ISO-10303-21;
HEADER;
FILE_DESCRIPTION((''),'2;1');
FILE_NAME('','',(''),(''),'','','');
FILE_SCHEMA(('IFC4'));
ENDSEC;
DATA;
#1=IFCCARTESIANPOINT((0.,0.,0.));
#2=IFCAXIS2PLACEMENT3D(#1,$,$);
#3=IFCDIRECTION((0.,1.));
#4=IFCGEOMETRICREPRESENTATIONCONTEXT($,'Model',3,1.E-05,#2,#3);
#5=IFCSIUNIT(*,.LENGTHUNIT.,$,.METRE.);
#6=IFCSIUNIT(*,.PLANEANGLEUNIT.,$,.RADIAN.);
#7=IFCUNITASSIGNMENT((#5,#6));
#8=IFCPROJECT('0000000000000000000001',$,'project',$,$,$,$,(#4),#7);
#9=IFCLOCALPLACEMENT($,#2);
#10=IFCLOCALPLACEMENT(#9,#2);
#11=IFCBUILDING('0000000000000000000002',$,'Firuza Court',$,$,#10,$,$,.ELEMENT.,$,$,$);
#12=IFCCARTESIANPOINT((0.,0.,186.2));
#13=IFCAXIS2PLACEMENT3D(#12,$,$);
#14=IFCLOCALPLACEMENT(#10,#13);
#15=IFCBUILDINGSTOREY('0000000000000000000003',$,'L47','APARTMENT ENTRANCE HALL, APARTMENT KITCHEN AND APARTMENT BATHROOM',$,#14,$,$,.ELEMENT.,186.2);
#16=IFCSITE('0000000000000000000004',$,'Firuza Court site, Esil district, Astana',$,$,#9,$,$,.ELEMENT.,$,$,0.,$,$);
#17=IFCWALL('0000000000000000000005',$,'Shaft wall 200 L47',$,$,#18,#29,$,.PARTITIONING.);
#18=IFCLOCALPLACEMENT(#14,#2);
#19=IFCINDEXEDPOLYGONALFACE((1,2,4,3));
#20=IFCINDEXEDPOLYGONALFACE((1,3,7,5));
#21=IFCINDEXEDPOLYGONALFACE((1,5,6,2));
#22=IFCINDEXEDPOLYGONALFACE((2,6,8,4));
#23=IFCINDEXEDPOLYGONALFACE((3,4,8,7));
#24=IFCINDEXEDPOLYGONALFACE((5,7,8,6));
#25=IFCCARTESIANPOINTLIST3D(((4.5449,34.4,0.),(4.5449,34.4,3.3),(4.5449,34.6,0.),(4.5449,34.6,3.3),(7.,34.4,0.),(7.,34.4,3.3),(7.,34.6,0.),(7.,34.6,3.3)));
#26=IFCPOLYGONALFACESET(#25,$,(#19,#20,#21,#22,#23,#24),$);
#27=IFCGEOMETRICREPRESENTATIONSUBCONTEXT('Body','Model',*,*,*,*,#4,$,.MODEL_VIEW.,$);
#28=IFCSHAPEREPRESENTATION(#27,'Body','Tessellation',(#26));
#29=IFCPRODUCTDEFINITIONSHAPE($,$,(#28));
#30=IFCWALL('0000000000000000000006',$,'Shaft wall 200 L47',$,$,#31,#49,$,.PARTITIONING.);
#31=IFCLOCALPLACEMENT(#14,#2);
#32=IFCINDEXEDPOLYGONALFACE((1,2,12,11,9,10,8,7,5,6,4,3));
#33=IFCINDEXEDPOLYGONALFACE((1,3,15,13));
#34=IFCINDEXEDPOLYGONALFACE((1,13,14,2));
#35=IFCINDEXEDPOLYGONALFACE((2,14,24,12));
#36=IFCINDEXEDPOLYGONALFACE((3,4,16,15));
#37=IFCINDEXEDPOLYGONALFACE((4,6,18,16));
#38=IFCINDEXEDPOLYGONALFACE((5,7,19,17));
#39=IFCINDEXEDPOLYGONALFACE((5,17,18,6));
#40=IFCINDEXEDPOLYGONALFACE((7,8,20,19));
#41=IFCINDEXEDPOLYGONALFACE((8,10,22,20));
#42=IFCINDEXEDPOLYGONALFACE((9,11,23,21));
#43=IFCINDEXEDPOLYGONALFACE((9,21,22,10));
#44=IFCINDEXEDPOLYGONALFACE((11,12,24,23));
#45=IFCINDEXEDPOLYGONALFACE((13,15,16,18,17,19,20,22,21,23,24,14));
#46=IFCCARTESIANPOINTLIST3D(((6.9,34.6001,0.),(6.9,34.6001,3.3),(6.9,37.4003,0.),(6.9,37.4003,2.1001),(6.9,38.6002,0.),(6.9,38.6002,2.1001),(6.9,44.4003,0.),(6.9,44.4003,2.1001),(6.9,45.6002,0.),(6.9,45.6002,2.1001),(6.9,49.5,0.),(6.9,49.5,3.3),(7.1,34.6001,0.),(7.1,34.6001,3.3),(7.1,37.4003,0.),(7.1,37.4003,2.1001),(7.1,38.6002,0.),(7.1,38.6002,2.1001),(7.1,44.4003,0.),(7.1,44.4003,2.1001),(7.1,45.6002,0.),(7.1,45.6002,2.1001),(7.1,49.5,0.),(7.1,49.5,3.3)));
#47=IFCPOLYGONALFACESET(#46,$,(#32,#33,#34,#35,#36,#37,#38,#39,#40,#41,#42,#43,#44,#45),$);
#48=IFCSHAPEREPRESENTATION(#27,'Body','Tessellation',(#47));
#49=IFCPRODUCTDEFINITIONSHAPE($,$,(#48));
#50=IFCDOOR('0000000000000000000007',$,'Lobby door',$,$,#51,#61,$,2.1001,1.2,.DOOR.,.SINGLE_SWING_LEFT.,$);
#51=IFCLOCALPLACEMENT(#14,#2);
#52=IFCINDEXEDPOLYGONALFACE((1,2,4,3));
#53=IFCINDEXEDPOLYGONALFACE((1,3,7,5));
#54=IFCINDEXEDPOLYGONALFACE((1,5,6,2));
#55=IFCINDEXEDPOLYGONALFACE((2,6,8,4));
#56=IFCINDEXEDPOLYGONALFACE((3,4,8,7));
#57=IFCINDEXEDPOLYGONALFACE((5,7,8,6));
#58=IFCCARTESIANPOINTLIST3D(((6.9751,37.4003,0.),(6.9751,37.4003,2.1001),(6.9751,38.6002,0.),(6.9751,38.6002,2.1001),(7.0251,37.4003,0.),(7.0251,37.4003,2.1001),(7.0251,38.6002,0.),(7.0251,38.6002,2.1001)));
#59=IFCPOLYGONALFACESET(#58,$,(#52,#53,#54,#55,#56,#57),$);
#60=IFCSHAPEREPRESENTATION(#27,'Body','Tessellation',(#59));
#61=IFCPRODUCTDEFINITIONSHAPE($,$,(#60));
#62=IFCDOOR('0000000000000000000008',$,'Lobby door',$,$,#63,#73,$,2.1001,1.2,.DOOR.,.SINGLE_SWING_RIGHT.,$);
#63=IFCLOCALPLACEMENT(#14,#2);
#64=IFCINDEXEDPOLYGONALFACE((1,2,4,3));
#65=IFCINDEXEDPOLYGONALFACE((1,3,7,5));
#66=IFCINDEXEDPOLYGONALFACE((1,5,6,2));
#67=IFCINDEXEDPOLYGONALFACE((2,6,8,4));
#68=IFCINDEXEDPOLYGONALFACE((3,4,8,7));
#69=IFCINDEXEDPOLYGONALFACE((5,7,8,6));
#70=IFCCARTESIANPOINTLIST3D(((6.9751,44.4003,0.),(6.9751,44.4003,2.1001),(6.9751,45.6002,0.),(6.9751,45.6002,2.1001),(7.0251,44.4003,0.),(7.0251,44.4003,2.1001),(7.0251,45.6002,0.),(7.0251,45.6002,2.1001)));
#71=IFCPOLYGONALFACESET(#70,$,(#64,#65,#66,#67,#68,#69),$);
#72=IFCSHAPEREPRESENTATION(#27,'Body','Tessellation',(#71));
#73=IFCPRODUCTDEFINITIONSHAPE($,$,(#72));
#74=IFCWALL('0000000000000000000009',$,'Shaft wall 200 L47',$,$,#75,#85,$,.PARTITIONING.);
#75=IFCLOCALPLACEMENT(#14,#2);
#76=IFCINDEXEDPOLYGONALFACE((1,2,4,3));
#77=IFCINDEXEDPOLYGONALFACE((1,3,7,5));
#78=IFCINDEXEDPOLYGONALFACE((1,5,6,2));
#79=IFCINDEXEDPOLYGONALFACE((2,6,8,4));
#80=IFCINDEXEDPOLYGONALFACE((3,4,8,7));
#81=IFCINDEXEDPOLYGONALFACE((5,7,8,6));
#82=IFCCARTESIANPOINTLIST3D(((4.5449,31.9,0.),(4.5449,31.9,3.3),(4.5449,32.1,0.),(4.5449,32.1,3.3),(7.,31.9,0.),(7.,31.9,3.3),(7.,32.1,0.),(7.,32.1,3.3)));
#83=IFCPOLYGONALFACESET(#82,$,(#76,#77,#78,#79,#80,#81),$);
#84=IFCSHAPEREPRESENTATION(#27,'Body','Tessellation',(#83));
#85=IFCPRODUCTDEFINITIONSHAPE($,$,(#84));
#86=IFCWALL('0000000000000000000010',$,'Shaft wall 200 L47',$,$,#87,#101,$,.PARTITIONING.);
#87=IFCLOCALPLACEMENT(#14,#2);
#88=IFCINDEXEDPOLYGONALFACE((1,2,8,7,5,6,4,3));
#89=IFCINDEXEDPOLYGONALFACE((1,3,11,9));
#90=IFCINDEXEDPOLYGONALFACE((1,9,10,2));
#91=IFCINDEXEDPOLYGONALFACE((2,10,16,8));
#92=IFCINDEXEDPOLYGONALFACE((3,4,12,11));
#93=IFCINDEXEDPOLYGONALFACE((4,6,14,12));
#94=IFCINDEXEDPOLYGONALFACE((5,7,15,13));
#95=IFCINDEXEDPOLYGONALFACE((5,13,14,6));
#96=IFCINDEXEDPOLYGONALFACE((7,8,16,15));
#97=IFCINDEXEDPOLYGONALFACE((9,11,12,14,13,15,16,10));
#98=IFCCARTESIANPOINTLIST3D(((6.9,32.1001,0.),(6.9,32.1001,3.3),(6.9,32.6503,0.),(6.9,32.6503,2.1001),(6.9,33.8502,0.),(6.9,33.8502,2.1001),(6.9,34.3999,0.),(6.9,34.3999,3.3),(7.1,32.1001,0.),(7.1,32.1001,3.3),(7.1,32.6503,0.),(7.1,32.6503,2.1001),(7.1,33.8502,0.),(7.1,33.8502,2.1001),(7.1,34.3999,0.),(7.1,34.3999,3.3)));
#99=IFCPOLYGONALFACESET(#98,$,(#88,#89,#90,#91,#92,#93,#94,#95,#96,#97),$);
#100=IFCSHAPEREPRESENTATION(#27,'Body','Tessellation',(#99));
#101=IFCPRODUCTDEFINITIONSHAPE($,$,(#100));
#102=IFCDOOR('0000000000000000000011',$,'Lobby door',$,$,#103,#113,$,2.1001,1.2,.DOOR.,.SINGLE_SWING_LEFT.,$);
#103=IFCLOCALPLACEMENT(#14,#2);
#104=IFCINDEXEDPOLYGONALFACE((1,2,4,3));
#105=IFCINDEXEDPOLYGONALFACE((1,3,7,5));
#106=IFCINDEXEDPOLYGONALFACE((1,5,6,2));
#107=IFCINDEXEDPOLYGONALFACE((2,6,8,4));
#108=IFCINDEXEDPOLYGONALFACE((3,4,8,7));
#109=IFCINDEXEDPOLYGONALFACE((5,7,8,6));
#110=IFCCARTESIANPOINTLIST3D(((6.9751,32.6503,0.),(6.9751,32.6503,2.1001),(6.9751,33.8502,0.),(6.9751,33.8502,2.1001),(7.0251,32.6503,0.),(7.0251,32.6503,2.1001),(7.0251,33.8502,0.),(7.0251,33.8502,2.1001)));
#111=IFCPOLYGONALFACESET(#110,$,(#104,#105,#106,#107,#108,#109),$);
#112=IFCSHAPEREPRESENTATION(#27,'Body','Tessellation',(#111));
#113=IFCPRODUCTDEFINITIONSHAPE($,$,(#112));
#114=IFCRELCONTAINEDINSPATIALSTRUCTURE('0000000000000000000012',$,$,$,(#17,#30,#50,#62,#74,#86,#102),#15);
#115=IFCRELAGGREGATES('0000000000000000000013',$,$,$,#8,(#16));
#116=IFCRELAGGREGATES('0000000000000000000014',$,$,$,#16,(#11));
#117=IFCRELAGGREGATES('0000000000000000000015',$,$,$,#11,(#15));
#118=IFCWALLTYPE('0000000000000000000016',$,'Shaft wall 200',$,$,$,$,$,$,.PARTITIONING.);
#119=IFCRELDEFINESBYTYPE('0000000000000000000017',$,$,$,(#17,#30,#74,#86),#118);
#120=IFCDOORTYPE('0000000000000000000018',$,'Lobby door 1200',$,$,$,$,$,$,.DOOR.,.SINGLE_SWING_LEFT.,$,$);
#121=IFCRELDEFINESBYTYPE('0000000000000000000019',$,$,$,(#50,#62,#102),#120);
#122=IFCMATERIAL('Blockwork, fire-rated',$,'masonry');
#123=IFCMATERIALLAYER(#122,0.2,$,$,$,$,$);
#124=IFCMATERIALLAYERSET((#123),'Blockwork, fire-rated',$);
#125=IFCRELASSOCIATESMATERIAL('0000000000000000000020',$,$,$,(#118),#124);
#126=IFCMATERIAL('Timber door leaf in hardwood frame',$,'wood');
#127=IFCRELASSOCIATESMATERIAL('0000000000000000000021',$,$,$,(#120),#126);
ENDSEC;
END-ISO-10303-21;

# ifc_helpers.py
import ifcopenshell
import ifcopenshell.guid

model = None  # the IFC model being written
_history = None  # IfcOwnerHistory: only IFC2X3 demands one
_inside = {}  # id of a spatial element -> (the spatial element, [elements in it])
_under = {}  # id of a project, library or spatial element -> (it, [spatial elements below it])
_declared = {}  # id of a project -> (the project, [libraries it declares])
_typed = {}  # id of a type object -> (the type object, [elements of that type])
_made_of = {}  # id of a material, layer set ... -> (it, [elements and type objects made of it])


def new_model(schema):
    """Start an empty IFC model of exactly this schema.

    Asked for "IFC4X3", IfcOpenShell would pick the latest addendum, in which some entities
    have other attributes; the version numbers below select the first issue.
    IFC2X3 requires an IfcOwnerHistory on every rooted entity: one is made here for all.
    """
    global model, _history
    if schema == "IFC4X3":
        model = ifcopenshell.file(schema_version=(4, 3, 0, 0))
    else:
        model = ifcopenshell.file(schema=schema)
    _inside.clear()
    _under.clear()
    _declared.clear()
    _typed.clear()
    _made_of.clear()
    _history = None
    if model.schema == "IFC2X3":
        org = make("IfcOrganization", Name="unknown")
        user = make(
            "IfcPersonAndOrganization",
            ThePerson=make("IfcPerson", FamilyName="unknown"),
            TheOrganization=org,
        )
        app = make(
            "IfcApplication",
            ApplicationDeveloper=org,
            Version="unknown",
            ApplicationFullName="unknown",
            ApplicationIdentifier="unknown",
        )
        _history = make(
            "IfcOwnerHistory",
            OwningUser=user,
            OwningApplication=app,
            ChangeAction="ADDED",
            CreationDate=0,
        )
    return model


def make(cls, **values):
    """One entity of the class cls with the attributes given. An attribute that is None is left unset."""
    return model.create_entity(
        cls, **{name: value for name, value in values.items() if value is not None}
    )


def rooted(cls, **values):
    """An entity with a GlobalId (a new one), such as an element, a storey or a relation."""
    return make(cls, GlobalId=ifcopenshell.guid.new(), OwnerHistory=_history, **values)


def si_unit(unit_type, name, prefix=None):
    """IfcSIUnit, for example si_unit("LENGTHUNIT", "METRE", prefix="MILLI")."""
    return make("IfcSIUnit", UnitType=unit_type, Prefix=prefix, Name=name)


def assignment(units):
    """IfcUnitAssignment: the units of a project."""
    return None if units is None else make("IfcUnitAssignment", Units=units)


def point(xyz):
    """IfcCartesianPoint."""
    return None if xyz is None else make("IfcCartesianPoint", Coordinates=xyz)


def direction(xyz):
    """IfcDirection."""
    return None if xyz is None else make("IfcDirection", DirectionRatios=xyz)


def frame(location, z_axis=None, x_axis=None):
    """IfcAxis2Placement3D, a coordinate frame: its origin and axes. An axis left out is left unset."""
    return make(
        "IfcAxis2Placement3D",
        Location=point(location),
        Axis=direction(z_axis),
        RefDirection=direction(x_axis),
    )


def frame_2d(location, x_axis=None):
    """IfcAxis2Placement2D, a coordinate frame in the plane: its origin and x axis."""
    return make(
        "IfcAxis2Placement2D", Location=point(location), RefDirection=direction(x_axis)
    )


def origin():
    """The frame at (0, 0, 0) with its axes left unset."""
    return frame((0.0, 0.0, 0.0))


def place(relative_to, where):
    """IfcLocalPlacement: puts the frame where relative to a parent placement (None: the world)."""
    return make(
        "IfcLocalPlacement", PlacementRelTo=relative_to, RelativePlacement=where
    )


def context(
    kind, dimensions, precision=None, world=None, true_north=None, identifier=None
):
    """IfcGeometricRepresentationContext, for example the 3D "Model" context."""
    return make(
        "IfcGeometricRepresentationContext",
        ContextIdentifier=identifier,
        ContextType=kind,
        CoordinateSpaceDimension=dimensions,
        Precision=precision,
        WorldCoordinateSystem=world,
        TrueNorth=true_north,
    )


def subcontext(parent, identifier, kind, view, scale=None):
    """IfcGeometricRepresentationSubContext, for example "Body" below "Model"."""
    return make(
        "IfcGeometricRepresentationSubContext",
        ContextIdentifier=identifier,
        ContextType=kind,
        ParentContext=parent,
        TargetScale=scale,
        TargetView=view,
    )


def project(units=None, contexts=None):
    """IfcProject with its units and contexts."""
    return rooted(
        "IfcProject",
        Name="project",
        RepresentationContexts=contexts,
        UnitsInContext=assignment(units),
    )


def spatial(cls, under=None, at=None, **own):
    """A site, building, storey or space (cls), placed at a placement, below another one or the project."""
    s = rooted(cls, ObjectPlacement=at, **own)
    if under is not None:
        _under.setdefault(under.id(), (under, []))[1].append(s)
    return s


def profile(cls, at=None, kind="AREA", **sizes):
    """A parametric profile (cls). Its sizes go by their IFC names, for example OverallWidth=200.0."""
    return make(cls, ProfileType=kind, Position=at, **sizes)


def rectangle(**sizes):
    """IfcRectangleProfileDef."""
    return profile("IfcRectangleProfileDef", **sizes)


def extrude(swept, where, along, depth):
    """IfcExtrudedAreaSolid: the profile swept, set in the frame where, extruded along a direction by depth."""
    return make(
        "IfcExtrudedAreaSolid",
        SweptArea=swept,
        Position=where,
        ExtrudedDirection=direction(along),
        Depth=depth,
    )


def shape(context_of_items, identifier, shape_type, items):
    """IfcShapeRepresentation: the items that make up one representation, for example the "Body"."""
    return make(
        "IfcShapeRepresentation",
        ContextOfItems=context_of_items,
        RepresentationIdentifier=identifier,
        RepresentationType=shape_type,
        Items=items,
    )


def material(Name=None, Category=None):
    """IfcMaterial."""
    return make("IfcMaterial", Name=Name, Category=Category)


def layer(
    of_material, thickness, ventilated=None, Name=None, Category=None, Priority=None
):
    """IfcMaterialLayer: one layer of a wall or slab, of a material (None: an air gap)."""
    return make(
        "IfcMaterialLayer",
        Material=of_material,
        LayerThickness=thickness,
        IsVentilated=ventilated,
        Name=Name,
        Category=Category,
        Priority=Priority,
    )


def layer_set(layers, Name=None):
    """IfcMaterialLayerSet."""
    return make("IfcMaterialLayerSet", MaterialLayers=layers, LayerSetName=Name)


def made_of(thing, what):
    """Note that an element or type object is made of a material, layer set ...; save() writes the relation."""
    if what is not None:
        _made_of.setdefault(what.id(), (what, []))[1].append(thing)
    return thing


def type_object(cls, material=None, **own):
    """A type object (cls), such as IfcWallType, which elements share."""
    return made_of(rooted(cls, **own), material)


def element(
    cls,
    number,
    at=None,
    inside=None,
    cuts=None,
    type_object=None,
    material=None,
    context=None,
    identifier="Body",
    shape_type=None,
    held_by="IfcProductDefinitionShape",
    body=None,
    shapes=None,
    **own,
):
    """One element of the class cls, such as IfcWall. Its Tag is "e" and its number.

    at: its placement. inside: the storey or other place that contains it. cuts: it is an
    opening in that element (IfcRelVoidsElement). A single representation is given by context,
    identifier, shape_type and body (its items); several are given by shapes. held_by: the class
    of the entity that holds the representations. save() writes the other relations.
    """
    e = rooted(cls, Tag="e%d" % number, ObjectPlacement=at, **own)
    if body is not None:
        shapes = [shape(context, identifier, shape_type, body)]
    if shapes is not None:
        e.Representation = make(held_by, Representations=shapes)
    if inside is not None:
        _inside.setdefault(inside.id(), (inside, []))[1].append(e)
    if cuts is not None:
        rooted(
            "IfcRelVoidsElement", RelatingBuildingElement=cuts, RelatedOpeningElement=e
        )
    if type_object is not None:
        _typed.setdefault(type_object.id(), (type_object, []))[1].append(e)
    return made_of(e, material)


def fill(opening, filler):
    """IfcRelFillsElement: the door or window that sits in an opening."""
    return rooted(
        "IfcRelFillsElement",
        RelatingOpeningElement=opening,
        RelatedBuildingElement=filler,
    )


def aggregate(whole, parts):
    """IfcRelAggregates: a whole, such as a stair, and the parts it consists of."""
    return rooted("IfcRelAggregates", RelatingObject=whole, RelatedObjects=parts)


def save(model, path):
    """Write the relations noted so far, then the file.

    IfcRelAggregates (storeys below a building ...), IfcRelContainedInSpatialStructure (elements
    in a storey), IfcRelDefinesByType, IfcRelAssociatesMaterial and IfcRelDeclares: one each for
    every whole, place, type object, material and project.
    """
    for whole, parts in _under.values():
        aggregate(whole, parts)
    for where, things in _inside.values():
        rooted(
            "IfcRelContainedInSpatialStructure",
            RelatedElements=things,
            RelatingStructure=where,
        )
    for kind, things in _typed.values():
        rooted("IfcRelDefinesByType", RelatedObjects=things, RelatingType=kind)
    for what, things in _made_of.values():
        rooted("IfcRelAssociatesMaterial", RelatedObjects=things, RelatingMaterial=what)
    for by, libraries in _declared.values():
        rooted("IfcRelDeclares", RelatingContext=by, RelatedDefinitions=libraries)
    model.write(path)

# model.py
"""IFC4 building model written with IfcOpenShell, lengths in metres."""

from ifc_helpers import new_model, si_unit, direction, frame, frame_2d, origin, place, context, subcontext, project, spatial, rectangle, extrude, material, layer, layer_set, type_object, element, fill, save


model = new_model("IFC4")

# Units and contexts
model_context = context("Model", 3, precision=1e-05, world=origin(), true_north=direction((0.0, 1.0)))
body_context = subcontext(model_context, "Body", "Model", "MODEL_VIEW")
ifc_project = project(units=[si_unit("LENGTHUNIT", "METRE"), si_unit("PLANEANGLEUNIT", "RADIAN")], contexts=[model_context])

# Site, building, storey
site_placement = place(None, origin())
site = spatial("IfcSite", under=ifc_project, at=site_placement, Name="Firuza Court site, Esil district, Astana", CompositionType="ELEMENT", RefElevation=0.0)
building_placement = place(site_placement, origin())
building = spatial("IfcBuilding", under=site, at=building_placement, Name="Firuza Court", CompositionType="ELEMENT")
storey_placement = place(building_placement, frame((0.0, 0.0, 186.2)))
storey = spatial("IfcBuildingStorey", under=building, at=storey_placement, Name="L47", Description="APARTMENT ENTRANCE HALL, APARTMENT KITCHEN AND APARTMENT BATHROOM", CompositionType="ELEMENT", Elevation=186.2)

# Wall
ifc_material_1 = material(Name="Blockwork, fire-rated", Category="masonry")
ifc_layer_1 = layer(ifc_material_1, 0.2)
ifc_layer_set_1 = layer_set([ifc_layer_1], Name="Blockwork, fire-rated")
wall_type_1 = type_object("IfcWallType", Name="Shaft wall 200", PredefinedType="PARTITIONING", material=ifc_layer_set_1)
wall_1_placement = place(storey_placement, frame((4.5449, 34.5, 0.0), z_axis=(0.0, 0.0, 1.0), x_axis=(1.0, 0.0, 0.0)))
element("IfcWall", 1, at=wall_1_placement, inside=storey, type_object=wall_type_1, Name="Shaft wall 200 L47", PredefinedType="PARTITIONING", context=body_context, shape_type="SweptSolid", body=[
    extrude(rectangle(XDim=2.4551, YDim=0.2, at=frame_2d((1.2275, 0.0))), origin(), (0.0, 0.0, 1.0), 3.3),
])

# Wall, openings, doors
wall_2_placement = place(storey_placement, frame((7.0, 34.6001, 0.0), z_axis=(0.0, 0.0, 1.0), x_axis=(0.0, 1.0, 0.0)))
wall_2 = element("IfcWall", 2, at=wall_2_placement, inside=storey, type_object=wall_type_1, Name="Shaft wall 200 L47", PredefinedType="PARTITIONING", context=body_context, shape_type="SweptSolid", body=[
    extrude(rectangle(XDim=14.8999, YDim=0.2, at=frame_2d((7.45, 0.0))), origin(), (0.0, 0.0, 1.0), 3.3),
])
opening_1_placement = place(wall_2_placement, frame((2.8, 0.0, 0.0)))
opening_1 = element("IfcOpeningElement", 3, at=opening_1_placement, cuts=wall_2, PredefinedType="OPENING", context=body_context, shape_type="SweptSolid", body=[
    extrude(rectangle(XDim=1.2, YDim=2.1001, at=frame_2d((0.6001, 1.05))), frame((0.0, 0.1118, 0.0), z_axis=(0.0, -1.0, 0.0), x_axis=(1.0, 0.0, 0.0)), (0.0, 0.0, 1.0), 0.2239),
])
opening_2_placement = place(wall_2_placement, frame((9.8, 0.0, 0.0)))
opening_2 = element("IfcOpeningElement", 4, at=opening_2_placement, cuts=wall_2, PredefinedType="OPENING", context=body_context, shape_type="SweptSolid", body=[
    extrude(rectangle(XDim=1.2, YDim=2.1001, at=frame_2d((0.6001, 1.05))), frame((0.0, 0.1118, 0.0), z_axis=(0.0, -1.0, 0.0), x_axis=(1.0, 0.0, 0.0)), (0.0, 0.0, 1.0), 0.2239),
])
ifc_material_2 = material(Name="Timber door leaf in hardwood frame", Category="wood")
door_type = type_object("IfcDoorType", Name="Lobby door 1200", OperationType="SINGLE_SWING_LEFT", PredefinedType="DOOR", material=ifc_material_2)
door_1_placement = place(opening_1_placement, origin())
door_1 = element("IfcDoor", 5, at=door_1_placement, inside=storey, type_object=door_type, Name="Lobby door", OperationType="SINGLE_SWING_LEFT", OverallHeight=2.1001, OverallWidth=1.2, PredefinedType="DOOR", context=body_context, shape_type="SweptSolid", body=[
    extrude(rectangle(XDim=1.2, YDim=2.1001, at=frame_2d((0.6001, 1.05))), frame((0.0, 0.0249, 0.0), z_axis=(0.0, -1.0, 0.0), x_axis=(1.0, 0.0, 0.0)), (0.0, 0.0, 1.0), 0.05),
])
fill(opening_1, door_1)
door_2_placement = place(opening_2_placement, origin())
door_2 = element("IfcDoor", 6, at=door_2_placement, inside=storey, type_object=door_type, Name="Lobby door", OperationType="SINGLE_SWING_RIGHT", OverallHeight=2.1001, OverallWidth=1.2, PredefinedType="DOOR", context=body_context, shape_type="SweptSolid", body=[
    extrude(rectangle(XDim=1.2, YDim=2.1001, at=frame_2d((0.6001, 1.05))), frame((0.0, 0.0249, 0.0), z_axis=(0.0, -1.0, 0.0), x_axis=(1.0, 0.0, 0.0)), (0.0, 0.0, 1.0), 0.05),
])
fill(opening_2, door_2)

# Wall
wall_3_placement = place(storey_placement, frame((4.5449, 32.0, 0.0), z_axis=(0.0, 0.0, 1.0), x_axis=(1.0, 0.0, 0.0)))
element("IfcWall", 7, at=wall_3_placement, inside=storey, type_object=wall_type_1, Name="Shaft wall 200 L47", PredefinedType="PARTITIONING", context=body_context, shape_type="SweptSolid", body=[
    extrude(rectangle(XDim=2.4551, YDim=0.2, at=frame_2d((1.2275, 0.0))), origin(), (0.0, 0.0, 1.0), 3.3),
])

# Wall, opening, door
wall_4_placement = place(storey_placement, frame((7.0, 32.1001, 0.0), z_axis=(0.0, 0.0, 1.0), x_axis=(0.0, 1.0, 0.0)))
wall_4 = element("IfcWall", 8, at=wall_4_placement, inside=storey, type_object=wall_type_1, Name="Shaft wall 200 L47", PredefinedType="PARTITIONING", context=body_context, shape_type="SweptSolid", body=[
    extrude(rectangle(XDim=2.2998, YDim=0.2, at=frame_2d((1.1499, 0.0))), origin(), (0.0, 0.0, 1.0), 3.3),
])
opening_3_placement = place(wall_4_placement, frame((0.55, 0.0, 0.0)))
opening_3 = element("IfcOpeningElement", 9, at=opening_3_placement, cuts=wall_4, PredefinedType="OPENING", context=body_context, shape_type="SweptSolid", body=[
    extrude(rectangle(XDim=1.2, YDim=2.1001, at=frame_2d((0.6001, 1.05))), frame((0.0, 0.1118, 0.0), z_axis=(0.0, -1.0, 0.0), x_axis=(1.0, 0.0, 0.0)), (0.0, 0.0, 1.0), 0.2239),
])
door_3_placement = place(opening_3_placement, origin())
door_3 = element("IfcDoor", 10, at=door_3_placement, inside=storey, type_object=door_type, Name="Lobby door", OperationType="SINGLE_SWING_LEFT", OverallHeight=2.1001, OverallWidth=1.2, PredefinedType="DOOR", context=body_context, shape_type="SweptSolid", body=[
    extrude(rectangle(XDim=1.2, YDim=2.1001, at=frame_2d((0.6001, 1.05))), frame((0.0, 0.0249, 0.0), z_axis=(0.0, -1.0, 0.0), x_axis=(1.0, 0.0, 0.0)), (0.0, 0.0, 1.0), 0.05),
])
fill(opening_3, door_3)

save(model, "model.ifc")
